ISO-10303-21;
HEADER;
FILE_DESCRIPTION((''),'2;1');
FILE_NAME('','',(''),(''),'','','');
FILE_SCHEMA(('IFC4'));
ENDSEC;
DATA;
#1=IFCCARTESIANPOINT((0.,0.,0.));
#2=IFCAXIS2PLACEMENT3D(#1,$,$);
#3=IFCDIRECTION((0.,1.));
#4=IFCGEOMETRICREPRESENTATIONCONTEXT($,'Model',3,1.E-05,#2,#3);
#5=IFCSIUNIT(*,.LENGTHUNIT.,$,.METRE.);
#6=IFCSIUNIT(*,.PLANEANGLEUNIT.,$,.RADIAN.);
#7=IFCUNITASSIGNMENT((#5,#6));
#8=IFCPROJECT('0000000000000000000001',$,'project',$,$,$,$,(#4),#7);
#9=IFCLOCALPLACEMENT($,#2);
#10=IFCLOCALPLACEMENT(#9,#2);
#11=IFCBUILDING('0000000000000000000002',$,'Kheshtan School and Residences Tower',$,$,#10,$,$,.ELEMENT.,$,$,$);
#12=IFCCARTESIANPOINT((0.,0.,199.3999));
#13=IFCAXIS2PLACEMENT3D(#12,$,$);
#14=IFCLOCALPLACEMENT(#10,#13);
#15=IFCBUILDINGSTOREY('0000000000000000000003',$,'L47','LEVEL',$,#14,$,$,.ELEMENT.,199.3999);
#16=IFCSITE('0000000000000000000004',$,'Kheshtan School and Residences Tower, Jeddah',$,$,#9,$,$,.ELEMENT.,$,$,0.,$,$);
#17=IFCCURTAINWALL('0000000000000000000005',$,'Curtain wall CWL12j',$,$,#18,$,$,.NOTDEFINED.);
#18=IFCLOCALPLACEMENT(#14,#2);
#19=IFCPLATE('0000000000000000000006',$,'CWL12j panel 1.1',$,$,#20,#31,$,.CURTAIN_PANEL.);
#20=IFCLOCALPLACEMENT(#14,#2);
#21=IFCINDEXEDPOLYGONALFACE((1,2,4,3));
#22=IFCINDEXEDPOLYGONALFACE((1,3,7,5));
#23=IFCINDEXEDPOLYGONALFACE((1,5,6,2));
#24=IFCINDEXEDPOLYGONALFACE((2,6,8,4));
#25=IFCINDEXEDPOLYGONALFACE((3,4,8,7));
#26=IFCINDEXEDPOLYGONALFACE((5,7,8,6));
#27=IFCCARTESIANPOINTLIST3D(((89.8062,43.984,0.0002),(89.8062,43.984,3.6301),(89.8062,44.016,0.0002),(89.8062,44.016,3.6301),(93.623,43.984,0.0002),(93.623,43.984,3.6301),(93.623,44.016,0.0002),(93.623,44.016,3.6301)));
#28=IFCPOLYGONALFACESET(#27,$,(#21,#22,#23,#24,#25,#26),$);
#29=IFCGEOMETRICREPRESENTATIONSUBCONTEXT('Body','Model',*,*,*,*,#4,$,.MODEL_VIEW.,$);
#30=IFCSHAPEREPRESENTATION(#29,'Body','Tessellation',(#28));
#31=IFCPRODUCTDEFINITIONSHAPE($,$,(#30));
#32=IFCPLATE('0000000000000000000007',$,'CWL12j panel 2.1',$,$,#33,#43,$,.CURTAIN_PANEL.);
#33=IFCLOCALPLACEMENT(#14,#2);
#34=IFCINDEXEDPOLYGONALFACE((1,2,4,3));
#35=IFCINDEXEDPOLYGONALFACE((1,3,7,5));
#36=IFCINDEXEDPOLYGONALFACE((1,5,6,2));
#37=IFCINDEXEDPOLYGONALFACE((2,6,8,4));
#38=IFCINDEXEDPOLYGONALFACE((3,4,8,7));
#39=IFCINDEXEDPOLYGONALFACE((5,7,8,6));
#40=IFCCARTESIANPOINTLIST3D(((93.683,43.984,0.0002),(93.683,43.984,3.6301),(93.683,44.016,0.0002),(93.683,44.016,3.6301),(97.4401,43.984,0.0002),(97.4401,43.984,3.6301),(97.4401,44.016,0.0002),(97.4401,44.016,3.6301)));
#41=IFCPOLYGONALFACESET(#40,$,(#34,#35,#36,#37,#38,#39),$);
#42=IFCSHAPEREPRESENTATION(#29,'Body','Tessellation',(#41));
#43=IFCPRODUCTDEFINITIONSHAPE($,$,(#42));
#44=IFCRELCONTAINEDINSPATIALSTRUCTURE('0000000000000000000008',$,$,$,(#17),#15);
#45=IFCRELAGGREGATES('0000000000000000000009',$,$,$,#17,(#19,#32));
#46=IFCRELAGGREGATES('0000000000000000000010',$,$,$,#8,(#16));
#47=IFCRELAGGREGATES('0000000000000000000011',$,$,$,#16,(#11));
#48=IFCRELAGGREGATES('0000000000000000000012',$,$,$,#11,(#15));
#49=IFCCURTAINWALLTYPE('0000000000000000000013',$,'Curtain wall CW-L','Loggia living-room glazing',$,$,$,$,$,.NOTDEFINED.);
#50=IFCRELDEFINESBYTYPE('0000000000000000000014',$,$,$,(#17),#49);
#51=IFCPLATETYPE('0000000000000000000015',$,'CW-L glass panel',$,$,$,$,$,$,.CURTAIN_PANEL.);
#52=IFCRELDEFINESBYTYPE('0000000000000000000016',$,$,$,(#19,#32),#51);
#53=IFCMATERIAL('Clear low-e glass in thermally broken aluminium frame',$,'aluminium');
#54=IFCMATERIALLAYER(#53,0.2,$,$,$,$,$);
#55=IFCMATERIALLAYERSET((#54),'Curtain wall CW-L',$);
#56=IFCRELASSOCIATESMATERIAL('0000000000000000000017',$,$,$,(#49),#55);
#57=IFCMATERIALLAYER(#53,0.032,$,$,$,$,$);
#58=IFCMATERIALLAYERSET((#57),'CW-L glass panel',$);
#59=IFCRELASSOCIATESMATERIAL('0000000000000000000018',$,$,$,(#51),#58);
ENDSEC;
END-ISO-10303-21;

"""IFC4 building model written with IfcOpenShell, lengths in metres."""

from ifc_helpers import new_model, si_unit, direction, frame, origin, origin_2d, place, context, subcontext, project, spatial, rectangle, extrude, material, layer, layer_set, type_object, element, aggregate, save


model = new_model("IFC4")

# Units and contexts
model_context = context("Model", 3, precision=1e-05, world=origin(), true_north=direction((0.0, 1.0)))
body_context = subcontext(model_context, "Body", "Model", "MODEL_VIEW")
ifc_project = project(units=[si_unit("LENGTHUNIT", "METRE"), si_unit("PLANEANGLEUNIT", "RADIAN")], contexts=[model_context])

# Site, building, storey
site_placement = place(None, origin())
site = spatial("IfcSite", under=ifc_project, at=site_placement, Name="Kheshtan School and Residences Tower, Jeddah", CompositionType="ELEMENT", RefElevation=0.0)
building_placement = place(site_placement, origin())
building = spatial("IfcBuilding", under=site, at=building_placement, Name="Kheshtan School and Residences Tower", CompositionType="ELEMENT")
storey_placement = place(building_placement, frame((0.0, 0.0, 199.3999)))
storey = spatial("IfcBuildingStorey", under=building, at=storey_placement, Name="L47", Description="LEVEL", CompositionType="ELEMENT", Elevation=199.3999)

# Shared definitions
ifc_material_1 = material(Name="Clear low-e glass in thermally broken aluminium frame", Category="aluminium")
ifc_layer_1 = layer(ifc_material_1, 0.2)
ifc_layer_set_1 = layer_set([ifc_layer_1], Name="Curtain wall CW-L")
curtain_wall_type = type_object("IfcCurtainWallType", Name="Curtain wall CW-L", Description="Loggia living-room glazing", PredefinedType="NOTDEFINED", material=ifc_layer_set_1)

# Curtain wall
curtain_wall_1_placement = place(storey_placement, origin())
curtain_wall_1 = element("IfcCurtainWall", 1, at=curtain_wall_1_placement, inside=storey, type_object=curtain_wall_type, Name="Curtain wall CWL12j", PredefinedType="NOTDEFINED")

# Plates
ifc_layer_2 = layer(ifc_material_1, 0.032)
ifc_layer_set_2 = layer_set([ifc_layer_2], Name="CW-L glass panel")
plate_type = type_object("IfcPlateType", Name="CW-L glass panel", PredefinedType="CURTAIN_PANEL", material=ifc_layer_set_2)
plate_1_placement = place(storey_placement, frame((91.7146, 44.0, 0.0002), z_axis=(0.0, 0.0, 1.0), x_axis=(1.0, 0.0, 0.0)))
plate_1 = element("IfcPlate", 2, at=plate_1_placement, type_object=plate_type, Name="CWL12j panel 1.1", PredefinedType="CURTAIN_PANEL", context=body_context, shape_type="SweptSolid", body=[
    extrude(rectangle(XDim=3.8169, YDim=0.032, at=origin_2d()), origin(), (0.0, 0.0, 1.0), 3.6299),
])
plate_2_placement = place(storey_placement, frame((95.5615, 44.0, 0.0002), z_axis=(0.0, 0.0, 1.0), x_axis=(1.0, 0.0, 0.0)))
plate_2 = element("IfcPlate", 3, at=plate_2_placement, type_object=plate_type, Name="CWL12j panel 2.1", PredefinedType="CURTAIN_PANEL", context=body_context, shape_type="SweptSolid", body=[
    extrude(rectangle(XDim=3.7571, YDim=0.032, at=origin_2d()), origin(), (0.0, 0.0, 1.0), 3.6299),
])
aggregate(curtain_wall_1, [plate_1, plate_2])

save(model, "model.ifc")
